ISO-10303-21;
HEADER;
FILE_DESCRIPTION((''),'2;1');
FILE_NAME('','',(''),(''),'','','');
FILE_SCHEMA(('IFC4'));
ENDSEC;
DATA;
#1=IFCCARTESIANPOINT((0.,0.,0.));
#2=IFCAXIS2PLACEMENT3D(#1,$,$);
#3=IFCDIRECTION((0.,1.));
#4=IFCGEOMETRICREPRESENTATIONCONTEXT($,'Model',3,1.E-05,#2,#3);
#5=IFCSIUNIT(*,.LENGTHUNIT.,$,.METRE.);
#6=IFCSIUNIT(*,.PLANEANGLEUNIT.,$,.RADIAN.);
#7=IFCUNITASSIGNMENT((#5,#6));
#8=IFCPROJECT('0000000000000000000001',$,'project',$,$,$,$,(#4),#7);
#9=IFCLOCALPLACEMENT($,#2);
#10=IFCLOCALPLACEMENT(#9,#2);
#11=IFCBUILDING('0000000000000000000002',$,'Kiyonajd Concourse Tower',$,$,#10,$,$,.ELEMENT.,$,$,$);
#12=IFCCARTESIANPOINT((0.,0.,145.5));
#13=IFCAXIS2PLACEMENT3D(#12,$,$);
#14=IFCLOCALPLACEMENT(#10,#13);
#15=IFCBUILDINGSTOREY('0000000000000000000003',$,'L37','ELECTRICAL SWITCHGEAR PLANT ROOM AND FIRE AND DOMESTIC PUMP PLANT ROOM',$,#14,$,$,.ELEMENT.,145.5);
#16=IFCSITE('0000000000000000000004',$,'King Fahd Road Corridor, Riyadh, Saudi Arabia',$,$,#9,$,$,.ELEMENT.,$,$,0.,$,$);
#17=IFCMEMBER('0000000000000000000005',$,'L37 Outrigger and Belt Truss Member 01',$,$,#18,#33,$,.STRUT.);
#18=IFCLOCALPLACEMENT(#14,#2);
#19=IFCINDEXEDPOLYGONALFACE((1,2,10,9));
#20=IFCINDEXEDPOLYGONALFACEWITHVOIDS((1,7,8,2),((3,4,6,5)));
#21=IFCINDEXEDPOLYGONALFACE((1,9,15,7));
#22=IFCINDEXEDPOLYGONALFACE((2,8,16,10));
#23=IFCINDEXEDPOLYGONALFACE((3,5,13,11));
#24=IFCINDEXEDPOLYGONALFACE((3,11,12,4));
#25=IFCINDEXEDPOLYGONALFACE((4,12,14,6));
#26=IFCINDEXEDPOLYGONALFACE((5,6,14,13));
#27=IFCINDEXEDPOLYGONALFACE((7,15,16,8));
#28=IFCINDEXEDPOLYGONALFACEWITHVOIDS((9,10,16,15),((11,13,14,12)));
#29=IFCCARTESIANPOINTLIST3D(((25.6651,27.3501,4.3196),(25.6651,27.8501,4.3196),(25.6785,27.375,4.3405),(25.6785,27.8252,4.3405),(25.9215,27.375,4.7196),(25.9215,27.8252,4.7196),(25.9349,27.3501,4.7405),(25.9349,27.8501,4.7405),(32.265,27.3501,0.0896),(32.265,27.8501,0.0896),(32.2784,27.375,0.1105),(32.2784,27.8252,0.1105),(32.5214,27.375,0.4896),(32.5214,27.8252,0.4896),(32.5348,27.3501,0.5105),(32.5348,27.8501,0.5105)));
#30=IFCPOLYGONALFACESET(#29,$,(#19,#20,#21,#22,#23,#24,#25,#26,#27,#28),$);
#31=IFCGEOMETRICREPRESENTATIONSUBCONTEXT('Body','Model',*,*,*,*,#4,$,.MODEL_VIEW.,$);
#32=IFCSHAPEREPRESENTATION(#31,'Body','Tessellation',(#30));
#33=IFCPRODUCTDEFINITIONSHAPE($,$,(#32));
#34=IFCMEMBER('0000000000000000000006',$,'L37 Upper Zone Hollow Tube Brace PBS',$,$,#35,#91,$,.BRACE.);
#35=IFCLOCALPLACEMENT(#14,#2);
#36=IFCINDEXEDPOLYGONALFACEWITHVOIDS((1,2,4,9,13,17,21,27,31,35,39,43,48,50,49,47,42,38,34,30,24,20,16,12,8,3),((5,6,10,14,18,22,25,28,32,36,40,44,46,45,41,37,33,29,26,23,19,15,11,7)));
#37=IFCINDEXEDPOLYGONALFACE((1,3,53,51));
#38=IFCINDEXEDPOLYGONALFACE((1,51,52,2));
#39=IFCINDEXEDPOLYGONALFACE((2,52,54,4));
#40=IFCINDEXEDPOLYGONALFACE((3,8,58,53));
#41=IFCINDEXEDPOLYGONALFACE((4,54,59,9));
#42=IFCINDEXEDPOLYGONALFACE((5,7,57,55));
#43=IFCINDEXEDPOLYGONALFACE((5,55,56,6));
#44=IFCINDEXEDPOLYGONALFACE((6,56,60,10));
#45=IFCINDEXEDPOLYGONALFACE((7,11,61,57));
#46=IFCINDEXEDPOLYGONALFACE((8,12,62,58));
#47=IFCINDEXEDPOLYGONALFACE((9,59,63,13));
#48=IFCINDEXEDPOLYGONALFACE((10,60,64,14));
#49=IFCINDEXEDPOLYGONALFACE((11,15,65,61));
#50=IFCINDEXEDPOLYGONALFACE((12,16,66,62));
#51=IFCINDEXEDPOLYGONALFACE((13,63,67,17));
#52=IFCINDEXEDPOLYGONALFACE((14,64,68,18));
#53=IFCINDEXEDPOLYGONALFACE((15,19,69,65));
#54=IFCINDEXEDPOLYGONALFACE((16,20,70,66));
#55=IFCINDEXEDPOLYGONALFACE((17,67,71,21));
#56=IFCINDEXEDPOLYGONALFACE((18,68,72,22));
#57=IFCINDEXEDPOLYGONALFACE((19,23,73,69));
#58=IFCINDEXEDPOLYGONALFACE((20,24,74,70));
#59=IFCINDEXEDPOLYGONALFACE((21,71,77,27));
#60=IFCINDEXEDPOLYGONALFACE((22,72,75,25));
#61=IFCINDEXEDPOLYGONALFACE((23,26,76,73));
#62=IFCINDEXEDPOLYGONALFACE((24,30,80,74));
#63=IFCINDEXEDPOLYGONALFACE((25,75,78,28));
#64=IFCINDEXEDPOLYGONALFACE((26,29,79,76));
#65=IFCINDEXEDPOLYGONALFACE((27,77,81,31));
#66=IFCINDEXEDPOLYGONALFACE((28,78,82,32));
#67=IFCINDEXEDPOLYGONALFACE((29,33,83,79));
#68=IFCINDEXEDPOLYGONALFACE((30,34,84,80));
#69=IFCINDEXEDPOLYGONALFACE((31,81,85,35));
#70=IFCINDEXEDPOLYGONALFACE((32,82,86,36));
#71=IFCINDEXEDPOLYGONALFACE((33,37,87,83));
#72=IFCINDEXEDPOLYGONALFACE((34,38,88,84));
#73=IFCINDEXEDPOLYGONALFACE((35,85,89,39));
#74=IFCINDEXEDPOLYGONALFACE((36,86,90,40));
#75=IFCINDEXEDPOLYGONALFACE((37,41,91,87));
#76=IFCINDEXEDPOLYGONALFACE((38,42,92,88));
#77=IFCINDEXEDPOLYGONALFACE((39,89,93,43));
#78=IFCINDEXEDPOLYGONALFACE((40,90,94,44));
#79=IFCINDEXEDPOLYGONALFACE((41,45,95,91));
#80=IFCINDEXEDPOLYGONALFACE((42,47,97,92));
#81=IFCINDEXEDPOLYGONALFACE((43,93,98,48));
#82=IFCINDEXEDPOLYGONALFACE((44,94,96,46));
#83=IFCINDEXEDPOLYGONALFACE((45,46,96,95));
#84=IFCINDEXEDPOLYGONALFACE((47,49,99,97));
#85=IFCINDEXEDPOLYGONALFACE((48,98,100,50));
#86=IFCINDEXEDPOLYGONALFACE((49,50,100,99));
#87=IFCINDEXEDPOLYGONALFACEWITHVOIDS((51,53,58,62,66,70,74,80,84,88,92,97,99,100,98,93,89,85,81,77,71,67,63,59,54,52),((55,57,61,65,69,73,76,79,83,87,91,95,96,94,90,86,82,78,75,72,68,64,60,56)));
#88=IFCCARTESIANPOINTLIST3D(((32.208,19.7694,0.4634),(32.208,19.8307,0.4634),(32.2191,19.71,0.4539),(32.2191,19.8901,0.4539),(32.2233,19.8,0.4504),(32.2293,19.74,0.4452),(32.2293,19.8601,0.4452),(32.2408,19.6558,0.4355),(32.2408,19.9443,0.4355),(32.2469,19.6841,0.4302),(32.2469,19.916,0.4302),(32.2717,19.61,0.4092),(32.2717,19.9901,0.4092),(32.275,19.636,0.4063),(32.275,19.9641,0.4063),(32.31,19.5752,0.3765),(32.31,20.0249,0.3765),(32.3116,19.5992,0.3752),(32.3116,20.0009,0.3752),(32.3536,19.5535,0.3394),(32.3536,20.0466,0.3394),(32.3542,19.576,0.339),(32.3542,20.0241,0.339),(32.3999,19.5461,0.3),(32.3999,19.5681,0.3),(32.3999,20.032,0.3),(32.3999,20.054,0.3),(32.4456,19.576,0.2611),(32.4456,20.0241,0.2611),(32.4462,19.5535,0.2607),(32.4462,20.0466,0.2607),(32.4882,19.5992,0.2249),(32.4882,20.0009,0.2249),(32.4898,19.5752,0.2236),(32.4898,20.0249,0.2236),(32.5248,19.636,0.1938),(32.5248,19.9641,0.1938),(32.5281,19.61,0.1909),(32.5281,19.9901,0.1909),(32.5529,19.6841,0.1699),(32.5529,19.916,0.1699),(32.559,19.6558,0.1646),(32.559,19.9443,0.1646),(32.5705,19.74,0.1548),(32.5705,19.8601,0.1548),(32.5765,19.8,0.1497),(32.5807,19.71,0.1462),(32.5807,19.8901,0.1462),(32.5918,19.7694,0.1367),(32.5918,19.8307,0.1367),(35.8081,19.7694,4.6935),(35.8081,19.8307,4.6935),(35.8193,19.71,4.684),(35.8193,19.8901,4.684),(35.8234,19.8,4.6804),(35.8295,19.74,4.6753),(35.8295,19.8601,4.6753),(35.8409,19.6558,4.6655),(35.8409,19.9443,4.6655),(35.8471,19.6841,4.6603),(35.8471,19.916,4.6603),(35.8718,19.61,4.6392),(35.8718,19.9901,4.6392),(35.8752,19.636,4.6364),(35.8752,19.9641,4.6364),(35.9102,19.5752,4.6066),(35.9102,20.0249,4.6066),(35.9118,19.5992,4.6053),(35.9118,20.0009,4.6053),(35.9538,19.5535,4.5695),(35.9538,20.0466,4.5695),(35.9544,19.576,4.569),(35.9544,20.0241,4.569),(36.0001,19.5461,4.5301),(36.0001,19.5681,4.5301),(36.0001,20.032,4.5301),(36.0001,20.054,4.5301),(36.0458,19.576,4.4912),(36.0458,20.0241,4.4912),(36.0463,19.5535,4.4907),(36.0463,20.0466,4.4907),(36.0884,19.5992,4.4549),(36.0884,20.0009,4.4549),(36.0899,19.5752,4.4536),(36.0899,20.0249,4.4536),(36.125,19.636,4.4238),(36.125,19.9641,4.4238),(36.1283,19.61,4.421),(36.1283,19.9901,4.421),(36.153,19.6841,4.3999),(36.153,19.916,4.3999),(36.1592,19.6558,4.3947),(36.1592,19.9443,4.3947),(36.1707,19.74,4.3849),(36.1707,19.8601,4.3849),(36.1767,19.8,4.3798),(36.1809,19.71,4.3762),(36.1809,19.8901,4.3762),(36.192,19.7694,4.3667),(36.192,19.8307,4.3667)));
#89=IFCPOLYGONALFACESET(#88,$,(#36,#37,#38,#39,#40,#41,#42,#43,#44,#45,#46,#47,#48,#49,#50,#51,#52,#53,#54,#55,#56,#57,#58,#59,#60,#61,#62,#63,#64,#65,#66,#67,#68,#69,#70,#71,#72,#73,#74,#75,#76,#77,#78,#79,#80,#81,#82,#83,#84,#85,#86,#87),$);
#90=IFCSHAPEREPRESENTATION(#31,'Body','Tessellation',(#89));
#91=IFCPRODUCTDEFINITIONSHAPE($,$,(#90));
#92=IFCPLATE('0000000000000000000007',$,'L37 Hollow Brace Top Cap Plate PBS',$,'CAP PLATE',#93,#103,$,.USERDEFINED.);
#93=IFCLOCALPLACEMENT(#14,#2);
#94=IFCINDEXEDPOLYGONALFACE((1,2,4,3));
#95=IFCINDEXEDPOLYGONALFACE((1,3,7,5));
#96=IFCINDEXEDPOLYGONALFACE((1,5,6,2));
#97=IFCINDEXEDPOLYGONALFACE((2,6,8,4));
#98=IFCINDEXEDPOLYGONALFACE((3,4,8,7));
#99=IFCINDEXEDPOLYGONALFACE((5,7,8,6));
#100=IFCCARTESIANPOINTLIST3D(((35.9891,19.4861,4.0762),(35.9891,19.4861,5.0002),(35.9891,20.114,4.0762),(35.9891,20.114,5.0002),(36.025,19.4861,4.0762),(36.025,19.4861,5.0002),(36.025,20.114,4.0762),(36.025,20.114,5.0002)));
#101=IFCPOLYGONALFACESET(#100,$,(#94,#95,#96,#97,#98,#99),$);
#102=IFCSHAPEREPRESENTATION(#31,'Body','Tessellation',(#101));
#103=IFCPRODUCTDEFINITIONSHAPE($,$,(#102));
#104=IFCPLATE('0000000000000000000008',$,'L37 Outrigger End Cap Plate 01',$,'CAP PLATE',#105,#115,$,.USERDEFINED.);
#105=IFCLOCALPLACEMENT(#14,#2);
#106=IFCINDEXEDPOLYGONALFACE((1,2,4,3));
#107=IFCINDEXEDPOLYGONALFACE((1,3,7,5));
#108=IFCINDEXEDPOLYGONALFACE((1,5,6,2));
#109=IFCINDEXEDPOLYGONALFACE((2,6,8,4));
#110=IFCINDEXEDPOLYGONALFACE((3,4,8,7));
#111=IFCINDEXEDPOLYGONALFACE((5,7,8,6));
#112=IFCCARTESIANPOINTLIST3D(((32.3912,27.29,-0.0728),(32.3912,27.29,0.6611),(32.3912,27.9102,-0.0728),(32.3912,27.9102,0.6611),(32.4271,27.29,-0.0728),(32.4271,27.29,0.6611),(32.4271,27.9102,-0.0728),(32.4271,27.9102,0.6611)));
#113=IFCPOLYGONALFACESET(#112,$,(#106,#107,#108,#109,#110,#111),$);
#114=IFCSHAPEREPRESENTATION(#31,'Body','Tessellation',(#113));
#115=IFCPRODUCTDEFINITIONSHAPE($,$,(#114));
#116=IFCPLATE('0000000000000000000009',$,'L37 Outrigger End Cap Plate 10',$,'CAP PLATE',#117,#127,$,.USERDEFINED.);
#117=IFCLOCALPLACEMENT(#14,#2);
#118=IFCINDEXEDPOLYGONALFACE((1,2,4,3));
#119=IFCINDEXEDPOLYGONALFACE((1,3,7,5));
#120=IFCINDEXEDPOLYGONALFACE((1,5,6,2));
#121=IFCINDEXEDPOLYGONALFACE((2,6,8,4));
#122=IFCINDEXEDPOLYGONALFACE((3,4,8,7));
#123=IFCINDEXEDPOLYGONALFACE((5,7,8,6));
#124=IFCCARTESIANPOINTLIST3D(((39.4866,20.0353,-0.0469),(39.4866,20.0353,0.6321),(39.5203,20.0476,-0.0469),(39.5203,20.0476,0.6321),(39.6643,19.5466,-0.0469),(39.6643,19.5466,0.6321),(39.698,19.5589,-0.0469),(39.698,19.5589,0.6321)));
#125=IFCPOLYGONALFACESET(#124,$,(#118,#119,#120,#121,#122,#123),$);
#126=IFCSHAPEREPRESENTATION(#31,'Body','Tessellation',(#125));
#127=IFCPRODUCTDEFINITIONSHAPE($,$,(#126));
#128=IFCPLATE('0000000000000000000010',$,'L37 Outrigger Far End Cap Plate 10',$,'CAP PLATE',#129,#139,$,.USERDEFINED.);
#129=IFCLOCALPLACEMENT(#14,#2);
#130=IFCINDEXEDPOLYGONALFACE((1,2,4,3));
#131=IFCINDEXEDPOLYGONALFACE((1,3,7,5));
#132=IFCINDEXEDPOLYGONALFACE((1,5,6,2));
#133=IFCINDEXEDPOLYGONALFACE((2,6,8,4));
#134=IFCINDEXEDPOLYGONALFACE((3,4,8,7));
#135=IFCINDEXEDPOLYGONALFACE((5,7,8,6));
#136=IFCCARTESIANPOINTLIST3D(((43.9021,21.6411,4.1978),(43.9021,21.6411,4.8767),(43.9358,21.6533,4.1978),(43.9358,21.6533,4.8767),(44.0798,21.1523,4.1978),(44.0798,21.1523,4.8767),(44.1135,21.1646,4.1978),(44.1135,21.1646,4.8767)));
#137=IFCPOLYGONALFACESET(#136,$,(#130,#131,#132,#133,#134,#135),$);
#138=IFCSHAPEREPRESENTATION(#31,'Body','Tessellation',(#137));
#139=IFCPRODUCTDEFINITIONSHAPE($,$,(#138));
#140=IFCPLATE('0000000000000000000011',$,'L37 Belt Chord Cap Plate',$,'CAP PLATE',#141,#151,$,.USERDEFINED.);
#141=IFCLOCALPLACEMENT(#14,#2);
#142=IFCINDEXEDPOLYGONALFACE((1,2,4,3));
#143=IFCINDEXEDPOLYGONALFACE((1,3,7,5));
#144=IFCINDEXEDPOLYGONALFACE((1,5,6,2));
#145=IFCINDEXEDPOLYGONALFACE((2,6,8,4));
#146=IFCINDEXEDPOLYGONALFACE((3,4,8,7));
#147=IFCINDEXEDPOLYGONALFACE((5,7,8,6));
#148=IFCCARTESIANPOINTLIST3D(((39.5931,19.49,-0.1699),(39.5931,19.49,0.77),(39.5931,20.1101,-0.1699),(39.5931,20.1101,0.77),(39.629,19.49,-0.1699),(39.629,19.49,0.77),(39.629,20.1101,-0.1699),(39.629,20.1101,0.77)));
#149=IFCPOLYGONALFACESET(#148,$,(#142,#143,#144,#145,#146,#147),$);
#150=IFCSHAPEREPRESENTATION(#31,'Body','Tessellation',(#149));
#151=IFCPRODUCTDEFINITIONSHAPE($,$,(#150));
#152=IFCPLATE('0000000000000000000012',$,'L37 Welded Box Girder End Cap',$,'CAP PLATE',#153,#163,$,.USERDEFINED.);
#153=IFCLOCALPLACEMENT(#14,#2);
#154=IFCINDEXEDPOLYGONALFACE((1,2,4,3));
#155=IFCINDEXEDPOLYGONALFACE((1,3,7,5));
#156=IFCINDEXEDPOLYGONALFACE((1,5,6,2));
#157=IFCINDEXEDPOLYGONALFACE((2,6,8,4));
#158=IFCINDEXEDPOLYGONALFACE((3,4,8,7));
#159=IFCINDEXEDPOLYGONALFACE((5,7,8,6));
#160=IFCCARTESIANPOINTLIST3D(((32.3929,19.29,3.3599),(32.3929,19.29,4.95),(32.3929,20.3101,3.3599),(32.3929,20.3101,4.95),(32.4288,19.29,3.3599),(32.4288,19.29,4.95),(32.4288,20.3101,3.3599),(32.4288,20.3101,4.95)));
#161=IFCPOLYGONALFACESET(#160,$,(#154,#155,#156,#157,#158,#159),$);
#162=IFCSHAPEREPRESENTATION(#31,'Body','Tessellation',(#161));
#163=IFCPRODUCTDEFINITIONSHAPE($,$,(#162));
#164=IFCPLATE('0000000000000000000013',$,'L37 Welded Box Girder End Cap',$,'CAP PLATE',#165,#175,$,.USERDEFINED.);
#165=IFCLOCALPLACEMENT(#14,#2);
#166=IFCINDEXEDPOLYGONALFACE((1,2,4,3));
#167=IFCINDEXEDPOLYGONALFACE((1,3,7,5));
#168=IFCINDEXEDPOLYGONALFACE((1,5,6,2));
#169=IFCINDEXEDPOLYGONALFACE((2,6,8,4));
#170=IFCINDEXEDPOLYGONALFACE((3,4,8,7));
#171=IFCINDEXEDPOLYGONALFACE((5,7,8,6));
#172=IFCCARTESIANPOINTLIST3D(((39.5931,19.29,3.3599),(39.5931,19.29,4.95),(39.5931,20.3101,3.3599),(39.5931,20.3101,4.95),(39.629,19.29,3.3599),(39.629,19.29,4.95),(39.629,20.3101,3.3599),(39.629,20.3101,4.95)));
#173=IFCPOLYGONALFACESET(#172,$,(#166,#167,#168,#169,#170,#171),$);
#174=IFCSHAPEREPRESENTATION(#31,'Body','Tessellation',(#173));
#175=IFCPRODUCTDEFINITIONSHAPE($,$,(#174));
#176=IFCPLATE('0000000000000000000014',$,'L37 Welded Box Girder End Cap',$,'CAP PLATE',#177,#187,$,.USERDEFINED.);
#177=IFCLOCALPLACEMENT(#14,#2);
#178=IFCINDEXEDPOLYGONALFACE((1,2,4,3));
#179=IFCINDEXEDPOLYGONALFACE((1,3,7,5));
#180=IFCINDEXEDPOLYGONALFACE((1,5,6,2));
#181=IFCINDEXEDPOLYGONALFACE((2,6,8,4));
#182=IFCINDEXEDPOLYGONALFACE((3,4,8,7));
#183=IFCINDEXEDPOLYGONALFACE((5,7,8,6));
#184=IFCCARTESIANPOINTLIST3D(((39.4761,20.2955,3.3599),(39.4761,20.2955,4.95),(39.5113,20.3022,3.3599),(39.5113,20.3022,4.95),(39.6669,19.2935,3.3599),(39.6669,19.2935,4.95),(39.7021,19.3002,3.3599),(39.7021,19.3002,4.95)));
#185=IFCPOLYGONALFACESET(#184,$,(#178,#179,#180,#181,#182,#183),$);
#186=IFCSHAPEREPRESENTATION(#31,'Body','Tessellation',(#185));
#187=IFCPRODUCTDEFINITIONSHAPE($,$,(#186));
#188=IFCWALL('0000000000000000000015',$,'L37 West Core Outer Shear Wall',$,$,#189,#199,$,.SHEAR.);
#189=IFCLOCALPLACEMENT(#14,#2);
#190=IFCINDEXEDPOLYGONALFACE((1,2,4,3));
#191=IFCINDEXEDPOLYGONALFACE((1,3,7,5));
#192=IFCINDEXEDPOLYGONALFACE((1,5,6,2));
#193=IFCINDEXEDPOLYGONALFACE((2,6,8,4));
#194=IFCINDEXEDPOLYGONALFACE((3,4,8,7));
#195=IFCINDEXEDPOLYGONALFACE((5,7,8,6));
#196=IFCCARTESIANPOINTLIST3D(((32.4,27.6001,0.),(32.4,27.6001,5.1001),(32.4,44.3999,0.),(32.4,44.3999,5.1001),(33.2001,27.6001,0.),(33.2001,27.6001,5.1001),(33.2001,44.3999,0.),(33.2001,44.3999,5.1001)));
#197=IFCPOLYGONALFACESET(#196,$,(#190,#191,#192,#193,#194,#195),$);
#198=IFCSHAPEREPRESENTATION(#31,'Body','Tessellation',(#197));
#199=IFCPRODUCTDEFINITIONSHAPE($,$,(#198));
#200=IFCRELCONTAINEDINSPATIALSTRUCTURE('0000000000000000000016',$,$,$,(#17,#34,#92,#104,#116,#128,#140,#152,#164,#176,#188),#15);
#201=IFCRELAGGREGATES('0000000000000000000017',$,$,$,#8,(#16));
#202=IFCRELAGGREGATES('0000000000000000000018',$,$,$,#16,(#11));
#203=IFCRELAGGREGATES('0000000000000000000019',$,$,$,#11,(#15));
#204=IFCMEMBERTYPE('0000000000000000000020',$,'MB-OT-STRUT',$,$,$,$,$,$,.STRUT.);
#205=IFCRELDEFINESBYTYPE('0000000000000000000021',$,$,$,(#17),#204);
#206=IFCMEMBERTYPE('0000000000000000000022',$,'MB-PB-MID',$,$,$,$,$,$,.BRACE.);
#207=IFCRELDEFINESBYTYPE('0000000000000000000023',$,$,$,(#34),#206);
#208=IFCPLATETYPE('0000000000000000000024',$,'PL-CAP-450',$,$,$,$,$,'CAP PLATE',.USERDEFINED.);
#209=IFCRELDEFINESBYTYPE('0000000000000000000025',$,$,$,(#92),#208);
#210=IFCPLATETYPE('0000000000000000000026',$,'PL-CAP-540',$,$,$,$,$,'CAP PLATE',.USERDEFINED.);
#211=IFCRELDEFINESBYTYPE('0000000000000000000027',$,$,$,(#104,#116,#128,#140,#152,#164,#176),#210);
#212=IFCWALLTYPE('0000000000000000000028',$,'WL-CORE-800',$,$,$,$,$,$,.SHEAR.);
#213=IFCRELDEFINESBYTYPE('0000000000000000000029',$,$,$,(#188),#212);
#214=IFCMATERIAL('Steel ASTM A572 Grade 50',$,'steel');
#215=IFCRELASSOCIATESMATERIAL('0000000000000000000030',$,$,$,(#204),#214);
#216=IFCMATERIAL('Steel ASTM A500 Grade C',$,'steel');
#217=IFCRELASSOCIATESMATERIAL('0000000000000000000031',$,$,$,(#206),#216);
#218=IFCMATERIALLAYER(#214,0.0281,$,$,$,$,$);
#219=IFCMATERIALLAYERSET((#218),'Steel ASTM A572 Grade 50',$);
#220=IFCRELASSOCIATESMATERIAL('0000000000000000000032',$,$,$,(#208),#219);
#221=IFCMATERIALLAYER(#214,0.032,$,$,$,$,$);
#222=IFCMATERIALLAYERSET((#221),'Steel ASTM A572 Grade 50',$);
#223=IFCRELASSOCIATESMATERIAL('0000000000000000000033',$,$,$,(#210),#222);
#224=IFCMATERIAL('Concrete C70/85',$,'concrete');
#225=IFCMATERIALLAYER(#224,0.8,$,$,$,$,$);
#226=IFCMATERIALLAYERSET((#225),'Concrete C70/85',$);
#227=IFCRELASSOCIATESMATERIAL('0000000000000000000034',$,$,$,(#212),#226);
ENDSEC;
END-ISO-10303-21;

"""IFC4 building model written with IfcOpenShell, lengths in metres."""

from ifc_helpers import new_model, si_unit, direction, frame, frame_2d, origin, origin_2d, place, context, subcontext, project, spatial, rectangle, hollow_rectangle, hollow_circle, extrude, material, layer, layer_set, material_profile, profile_set, type_object, element, save


model = new_model("IFC4")

# Units and contexts
model_context = context("Model", 3, precision=1e-05, world=origin(), true_north=direction((0.0, 1.0)))
body_context = subcontext(model_context, "Body", "Model", "MODEL_VIEW")
ifc_project = project(units=[si_unit("LENGTHUNIT", "METRE"), si_unit("PLANEANGLEUNIT", "RADIAN")], contexts=[model_context])

# Site, building, storey
site_placement = place(None, origin())
site = spatial("IfcSite", under=ifc_project, at=site_placement, Name="King Fahd Road Corridor, Riyadh, Saudi Arabia", CompositionType="ELEMENT", RefElevation=0.0)
building_placement = place(site_placement, origin())
building = spatial("IfcBuilding", under=site, at=building_placement, Name="Kiyonajd Concourse Tower", CompositionType="ELEMENT")
storey_placement = place(building_placement, frame((0.0, 0.0, 145.5)))
storey = spatial("IfcBuildingStorey", under=building, at=storey_placement, Name="L37", Description="ELECTRICAL SWITCHGEAR PLANT ROOM AND FIRE AND DOMESTIC PUMP PLANT ROOM", CompositionType="ELEMENT", Elevation=145.5)

# Shared definitions
ifc_material_1 = material(Name="Concrete C70/85", Category="concrete")

# Shared definitions
ifc_material_2 = material(Name="Steel ASTM A572 Grade 50", Category="steel")

# Members
ifc_material_3 = material(Name="Steel ASTM A500 Grade C", Category="steel")
ifc_material_profile_1 = material_profile(ifc_material_2, hollow_rectangle(XDim=0.5, YDim=0.5, WallThickness=0.0249, at=origin_2d()), Name="HSS-500x500x25")
ifc_profile_set_1 = profile_set([ifc_material_profile_1], Name="Steel ASTM A572 Grade 50")
member_type_1 = type_object("IfcMemberType", Name="MB-OT-STRUT", PredefinedType="STRUT", material=ifc_profile_set_1)
member_1_placement = place(storey_placement, frame((32.3999, 27.6001, 0.3), z_axis=(-0.841919, 0.0, 0.539603), x_axis=(0.0, -1.0, 0.0)))
element("IfcMember", 1, at=member_1_placement, inside=storey, type_object=member_type_1, Name="L37 Outrigger and Belt Truss Member 01", PredefinedType="STRUT", context=body_context, shape_type="SweptSolid", body=[
    extrude(hollow_rectangle(XDim=0.5, YDim=0.5, WallThickness=0.0249, at=origin_2d()), origin(), (0.0, 0.0, 1.0), 7.8391),
])
ifc_material_profile_2 = material_profile(ifc_material_3, hollow_circle(Radius=0.2539, WallThickness=0.022, at=origin_2d()), Name="CHS-508x22")
ifc_profile_set_2 = profile_set([ifc_material_profile_2], Name="Steel ASTM A500 Grade C")
member_type_2 = type_object("IfcMemberType", Name="MB-PB-MID", PredefinedType="BRACE", material=ifc_profile_set_2)
member_2_placement = place(storey_placement, frame((32.3999, 19.8, 0.3), z_axis=(0.648131, 0.0, 0.761529), x_axis=(0.0, 1.0, 0.0)))
element("IfcMember", 2, at=member_2_placement, inside=storey, type_object=member_type_2, Name="L37 Upper Zone Hollow Tube Brace PBS", PredefinedType="BRACE", context=body_context, shape_type="SweptSolid", body=[
    extrude(hollow_circle(Radius=0.2539, WallThickness=0.022, at=origin_2d()), origin(), (0.0, 0.0, 1.0), 5.5547),
])

# Plates
ifc_layer_1 = layer(ifc_material_2, 0.0281)
ifc_layer_set_1 = layer_set([ifc_layer_1], Name="Steel ASTM A572 Grade 50")
plate_type_1 = type_object("IfcPlateType", Name="PL-CAP-450", ElementType="CAP PLATE", PredefinedType="USERDEFINED", material=ifc_layer_set_1)
plate_1_placement = place(storey_placement, frame((36.0071, 19.8, 4.0762), z_axis=(0.0, 0.0, 1.0), x_axis=(1.0, 0.0, 0.0)))
element("IfcPlate", 3, at=plate_1_placement, inside=storey, type_object=plate_type_1, Name="L37 Hollow Brace Top Cap Plate PBS", ObjectType="CAP PLATE", PredefinedType="USERDEFINED", context=body_context, shape_type="SweptSolid", body=[
    extrude(rectangle(XDim=0.0359, YDim=0.6279, at=origin_2d()), origin(), (0.0, 0.0, 1.0), 0.9241),
])
ifc_layer_2 = layer(ifc_material_2, 0.032)
ifc_layer_set_2 = layer_set([ifc_layer_2], Name="Steel ASTM A572 Grade 50")
plate_type_2 = type_object("IfcPlateType", Name="PL-CAP-540", ElementType="CAP PLATE", PredefinedType="USERDEFINED", material=ifc_layer_set_2)
plate_2_placement = place(storey_placement, frame((32.4092, 27.6001, -0.0728), z_axis=(0.0, 0.0, 1.0), x_axis=(1.0, 0.0, 0.0)))
element("IfcPlate", 4, at=plate_2_placement, inside=storey, type_object=plate_type_2, Name="L37 Outrigger End Cap Plate 01", ObjectType="CAP PLATE", PredefinedType="USERDEFINED", context=body_context, shape_type="SweptSolid", body=[
    extrude(rectangle(XDim=0.0359, YDim=0.6201, at=origin_2d()), origin(), (0.0, 0.0, 1.0), 0.7339),
])
for number, where, z_axis, x_axis, name in (
    (5, (39.5923, 19.7971, -0.0469), (0.0, 0.0, 1.0), (-0.939812, -0.341692, 0.0), "L37 Outrigger End Cap Plate 10"),
    (6, (44.0078, 21.4028, 4.1978), (0.0, 0.0, 1.0), (0.939812, 0.341692, 0.0), "L37 Outrigger Far End Cap Plate 10"),
):
    element("IfcPlate", number, at=place(storey_placement, frame(where, z_axis=z_axis, x_axis=x_axis)), inside=storey, type_object=plate_type_2, Name=name, ObjectType="CAP PLATE", PredefinedType="USERDEFINED", context=body_context, shape_type="SweptSolid", body=[
        extrude(rectangle(XDim=0.0359, YDim=0.52, at=origin_2d()), origin(), (0.0, 0.0, 1.0), 0.679),
    ])
plate_3_placement = place(storey_placement, frame((39.6111, 19.8, -0.1699), z_axis=(0.0, 0.0, 1.0), x_axis=(1.0, 0.0, 0.0)))
element("IfcPlate", 7, at=plate_3_placement, inside=storey, type_object=plate_type_2, Name="L37 Belt Chord Cap Plate", ObjectType="CAP PLATE", PredefinedType="USERDEFINED", context=body_context, shape_type="SweptSolid", body=[
    extrude(rectangle(XDim=0.0359, YDim=0.6201, at=origin_2d()), origin(), (0.0, 0.0, 1.0), 0.9399),
])
for number, where, z_axis, x_axis, name in (
    (8, (32.4109, 19.8, 3.3599), (0.0, 0.0, 1.0), (1.0, 0.0, 0.0), "L37 Welded Box Girder End Cap"),
    (9, (39.6111, 19.8, 3.3599), (0.0, 0.0, 1.0), (1.0, 0.0, 0.0), "L37 Welded Box Girder End Cap"),
    (10, (39.5891, 19.7979, 3.3599), (0.0, 0.0, 1.0), (-0.982353, -0.187038, 0.0), "L37 Welded Box Girder End Cap"),
):
    element("IfcPlate", number, at=place(storey_placement, frame(where, z_axis=z_axis, x_axis=x_axis)), inside=storey, type_object=plate_type_2, Name=name, ObjectType="CAP PLATE", PredefinedType="USERDEFINED", context=body_context, shape_type="SweptSolid", body=[
        extrude(rectangle(XDim=0.0359, YDim=1.02, at=origin_2d()), origin(), (0.0, 0.0, 1.0), 1.5901),
    ])

# Wall
ifc_layer_3 = layer(ifc_material_1, 0.8)
ifc_layer_set_3 = layer_set([ifc_layer_3], Name="Concrete C70/85")
wall_type_1 = type_object("IfcWallType", Name="WL-CORE-800", PredefinedType="SHEAR", material=ifc_layer_set_3)
wall_1_placement = place(storey_placement, frame((32.8, 27.6001, 0.0), z_axis=(0.0, 0.0, 1.0), x_axis=(0.0, 1.0, 0.0)))
element("IfcWall", 11, at=wall_1_placement, inside=storey, type_object=wall_type_1, Name="L37 West Core Outer Shear Wall", PredefinedType="SHEAR", context=body_context, shape_type="SweptSolid", body=[
    extrude(rectangle(XDim=16.7998, YDim=0.8, at=frame_2d((8.3999, 0.0))), origin(), (0.0, 0.0, 1.0), 5.1001),
])

save(model, "model.ifc")
